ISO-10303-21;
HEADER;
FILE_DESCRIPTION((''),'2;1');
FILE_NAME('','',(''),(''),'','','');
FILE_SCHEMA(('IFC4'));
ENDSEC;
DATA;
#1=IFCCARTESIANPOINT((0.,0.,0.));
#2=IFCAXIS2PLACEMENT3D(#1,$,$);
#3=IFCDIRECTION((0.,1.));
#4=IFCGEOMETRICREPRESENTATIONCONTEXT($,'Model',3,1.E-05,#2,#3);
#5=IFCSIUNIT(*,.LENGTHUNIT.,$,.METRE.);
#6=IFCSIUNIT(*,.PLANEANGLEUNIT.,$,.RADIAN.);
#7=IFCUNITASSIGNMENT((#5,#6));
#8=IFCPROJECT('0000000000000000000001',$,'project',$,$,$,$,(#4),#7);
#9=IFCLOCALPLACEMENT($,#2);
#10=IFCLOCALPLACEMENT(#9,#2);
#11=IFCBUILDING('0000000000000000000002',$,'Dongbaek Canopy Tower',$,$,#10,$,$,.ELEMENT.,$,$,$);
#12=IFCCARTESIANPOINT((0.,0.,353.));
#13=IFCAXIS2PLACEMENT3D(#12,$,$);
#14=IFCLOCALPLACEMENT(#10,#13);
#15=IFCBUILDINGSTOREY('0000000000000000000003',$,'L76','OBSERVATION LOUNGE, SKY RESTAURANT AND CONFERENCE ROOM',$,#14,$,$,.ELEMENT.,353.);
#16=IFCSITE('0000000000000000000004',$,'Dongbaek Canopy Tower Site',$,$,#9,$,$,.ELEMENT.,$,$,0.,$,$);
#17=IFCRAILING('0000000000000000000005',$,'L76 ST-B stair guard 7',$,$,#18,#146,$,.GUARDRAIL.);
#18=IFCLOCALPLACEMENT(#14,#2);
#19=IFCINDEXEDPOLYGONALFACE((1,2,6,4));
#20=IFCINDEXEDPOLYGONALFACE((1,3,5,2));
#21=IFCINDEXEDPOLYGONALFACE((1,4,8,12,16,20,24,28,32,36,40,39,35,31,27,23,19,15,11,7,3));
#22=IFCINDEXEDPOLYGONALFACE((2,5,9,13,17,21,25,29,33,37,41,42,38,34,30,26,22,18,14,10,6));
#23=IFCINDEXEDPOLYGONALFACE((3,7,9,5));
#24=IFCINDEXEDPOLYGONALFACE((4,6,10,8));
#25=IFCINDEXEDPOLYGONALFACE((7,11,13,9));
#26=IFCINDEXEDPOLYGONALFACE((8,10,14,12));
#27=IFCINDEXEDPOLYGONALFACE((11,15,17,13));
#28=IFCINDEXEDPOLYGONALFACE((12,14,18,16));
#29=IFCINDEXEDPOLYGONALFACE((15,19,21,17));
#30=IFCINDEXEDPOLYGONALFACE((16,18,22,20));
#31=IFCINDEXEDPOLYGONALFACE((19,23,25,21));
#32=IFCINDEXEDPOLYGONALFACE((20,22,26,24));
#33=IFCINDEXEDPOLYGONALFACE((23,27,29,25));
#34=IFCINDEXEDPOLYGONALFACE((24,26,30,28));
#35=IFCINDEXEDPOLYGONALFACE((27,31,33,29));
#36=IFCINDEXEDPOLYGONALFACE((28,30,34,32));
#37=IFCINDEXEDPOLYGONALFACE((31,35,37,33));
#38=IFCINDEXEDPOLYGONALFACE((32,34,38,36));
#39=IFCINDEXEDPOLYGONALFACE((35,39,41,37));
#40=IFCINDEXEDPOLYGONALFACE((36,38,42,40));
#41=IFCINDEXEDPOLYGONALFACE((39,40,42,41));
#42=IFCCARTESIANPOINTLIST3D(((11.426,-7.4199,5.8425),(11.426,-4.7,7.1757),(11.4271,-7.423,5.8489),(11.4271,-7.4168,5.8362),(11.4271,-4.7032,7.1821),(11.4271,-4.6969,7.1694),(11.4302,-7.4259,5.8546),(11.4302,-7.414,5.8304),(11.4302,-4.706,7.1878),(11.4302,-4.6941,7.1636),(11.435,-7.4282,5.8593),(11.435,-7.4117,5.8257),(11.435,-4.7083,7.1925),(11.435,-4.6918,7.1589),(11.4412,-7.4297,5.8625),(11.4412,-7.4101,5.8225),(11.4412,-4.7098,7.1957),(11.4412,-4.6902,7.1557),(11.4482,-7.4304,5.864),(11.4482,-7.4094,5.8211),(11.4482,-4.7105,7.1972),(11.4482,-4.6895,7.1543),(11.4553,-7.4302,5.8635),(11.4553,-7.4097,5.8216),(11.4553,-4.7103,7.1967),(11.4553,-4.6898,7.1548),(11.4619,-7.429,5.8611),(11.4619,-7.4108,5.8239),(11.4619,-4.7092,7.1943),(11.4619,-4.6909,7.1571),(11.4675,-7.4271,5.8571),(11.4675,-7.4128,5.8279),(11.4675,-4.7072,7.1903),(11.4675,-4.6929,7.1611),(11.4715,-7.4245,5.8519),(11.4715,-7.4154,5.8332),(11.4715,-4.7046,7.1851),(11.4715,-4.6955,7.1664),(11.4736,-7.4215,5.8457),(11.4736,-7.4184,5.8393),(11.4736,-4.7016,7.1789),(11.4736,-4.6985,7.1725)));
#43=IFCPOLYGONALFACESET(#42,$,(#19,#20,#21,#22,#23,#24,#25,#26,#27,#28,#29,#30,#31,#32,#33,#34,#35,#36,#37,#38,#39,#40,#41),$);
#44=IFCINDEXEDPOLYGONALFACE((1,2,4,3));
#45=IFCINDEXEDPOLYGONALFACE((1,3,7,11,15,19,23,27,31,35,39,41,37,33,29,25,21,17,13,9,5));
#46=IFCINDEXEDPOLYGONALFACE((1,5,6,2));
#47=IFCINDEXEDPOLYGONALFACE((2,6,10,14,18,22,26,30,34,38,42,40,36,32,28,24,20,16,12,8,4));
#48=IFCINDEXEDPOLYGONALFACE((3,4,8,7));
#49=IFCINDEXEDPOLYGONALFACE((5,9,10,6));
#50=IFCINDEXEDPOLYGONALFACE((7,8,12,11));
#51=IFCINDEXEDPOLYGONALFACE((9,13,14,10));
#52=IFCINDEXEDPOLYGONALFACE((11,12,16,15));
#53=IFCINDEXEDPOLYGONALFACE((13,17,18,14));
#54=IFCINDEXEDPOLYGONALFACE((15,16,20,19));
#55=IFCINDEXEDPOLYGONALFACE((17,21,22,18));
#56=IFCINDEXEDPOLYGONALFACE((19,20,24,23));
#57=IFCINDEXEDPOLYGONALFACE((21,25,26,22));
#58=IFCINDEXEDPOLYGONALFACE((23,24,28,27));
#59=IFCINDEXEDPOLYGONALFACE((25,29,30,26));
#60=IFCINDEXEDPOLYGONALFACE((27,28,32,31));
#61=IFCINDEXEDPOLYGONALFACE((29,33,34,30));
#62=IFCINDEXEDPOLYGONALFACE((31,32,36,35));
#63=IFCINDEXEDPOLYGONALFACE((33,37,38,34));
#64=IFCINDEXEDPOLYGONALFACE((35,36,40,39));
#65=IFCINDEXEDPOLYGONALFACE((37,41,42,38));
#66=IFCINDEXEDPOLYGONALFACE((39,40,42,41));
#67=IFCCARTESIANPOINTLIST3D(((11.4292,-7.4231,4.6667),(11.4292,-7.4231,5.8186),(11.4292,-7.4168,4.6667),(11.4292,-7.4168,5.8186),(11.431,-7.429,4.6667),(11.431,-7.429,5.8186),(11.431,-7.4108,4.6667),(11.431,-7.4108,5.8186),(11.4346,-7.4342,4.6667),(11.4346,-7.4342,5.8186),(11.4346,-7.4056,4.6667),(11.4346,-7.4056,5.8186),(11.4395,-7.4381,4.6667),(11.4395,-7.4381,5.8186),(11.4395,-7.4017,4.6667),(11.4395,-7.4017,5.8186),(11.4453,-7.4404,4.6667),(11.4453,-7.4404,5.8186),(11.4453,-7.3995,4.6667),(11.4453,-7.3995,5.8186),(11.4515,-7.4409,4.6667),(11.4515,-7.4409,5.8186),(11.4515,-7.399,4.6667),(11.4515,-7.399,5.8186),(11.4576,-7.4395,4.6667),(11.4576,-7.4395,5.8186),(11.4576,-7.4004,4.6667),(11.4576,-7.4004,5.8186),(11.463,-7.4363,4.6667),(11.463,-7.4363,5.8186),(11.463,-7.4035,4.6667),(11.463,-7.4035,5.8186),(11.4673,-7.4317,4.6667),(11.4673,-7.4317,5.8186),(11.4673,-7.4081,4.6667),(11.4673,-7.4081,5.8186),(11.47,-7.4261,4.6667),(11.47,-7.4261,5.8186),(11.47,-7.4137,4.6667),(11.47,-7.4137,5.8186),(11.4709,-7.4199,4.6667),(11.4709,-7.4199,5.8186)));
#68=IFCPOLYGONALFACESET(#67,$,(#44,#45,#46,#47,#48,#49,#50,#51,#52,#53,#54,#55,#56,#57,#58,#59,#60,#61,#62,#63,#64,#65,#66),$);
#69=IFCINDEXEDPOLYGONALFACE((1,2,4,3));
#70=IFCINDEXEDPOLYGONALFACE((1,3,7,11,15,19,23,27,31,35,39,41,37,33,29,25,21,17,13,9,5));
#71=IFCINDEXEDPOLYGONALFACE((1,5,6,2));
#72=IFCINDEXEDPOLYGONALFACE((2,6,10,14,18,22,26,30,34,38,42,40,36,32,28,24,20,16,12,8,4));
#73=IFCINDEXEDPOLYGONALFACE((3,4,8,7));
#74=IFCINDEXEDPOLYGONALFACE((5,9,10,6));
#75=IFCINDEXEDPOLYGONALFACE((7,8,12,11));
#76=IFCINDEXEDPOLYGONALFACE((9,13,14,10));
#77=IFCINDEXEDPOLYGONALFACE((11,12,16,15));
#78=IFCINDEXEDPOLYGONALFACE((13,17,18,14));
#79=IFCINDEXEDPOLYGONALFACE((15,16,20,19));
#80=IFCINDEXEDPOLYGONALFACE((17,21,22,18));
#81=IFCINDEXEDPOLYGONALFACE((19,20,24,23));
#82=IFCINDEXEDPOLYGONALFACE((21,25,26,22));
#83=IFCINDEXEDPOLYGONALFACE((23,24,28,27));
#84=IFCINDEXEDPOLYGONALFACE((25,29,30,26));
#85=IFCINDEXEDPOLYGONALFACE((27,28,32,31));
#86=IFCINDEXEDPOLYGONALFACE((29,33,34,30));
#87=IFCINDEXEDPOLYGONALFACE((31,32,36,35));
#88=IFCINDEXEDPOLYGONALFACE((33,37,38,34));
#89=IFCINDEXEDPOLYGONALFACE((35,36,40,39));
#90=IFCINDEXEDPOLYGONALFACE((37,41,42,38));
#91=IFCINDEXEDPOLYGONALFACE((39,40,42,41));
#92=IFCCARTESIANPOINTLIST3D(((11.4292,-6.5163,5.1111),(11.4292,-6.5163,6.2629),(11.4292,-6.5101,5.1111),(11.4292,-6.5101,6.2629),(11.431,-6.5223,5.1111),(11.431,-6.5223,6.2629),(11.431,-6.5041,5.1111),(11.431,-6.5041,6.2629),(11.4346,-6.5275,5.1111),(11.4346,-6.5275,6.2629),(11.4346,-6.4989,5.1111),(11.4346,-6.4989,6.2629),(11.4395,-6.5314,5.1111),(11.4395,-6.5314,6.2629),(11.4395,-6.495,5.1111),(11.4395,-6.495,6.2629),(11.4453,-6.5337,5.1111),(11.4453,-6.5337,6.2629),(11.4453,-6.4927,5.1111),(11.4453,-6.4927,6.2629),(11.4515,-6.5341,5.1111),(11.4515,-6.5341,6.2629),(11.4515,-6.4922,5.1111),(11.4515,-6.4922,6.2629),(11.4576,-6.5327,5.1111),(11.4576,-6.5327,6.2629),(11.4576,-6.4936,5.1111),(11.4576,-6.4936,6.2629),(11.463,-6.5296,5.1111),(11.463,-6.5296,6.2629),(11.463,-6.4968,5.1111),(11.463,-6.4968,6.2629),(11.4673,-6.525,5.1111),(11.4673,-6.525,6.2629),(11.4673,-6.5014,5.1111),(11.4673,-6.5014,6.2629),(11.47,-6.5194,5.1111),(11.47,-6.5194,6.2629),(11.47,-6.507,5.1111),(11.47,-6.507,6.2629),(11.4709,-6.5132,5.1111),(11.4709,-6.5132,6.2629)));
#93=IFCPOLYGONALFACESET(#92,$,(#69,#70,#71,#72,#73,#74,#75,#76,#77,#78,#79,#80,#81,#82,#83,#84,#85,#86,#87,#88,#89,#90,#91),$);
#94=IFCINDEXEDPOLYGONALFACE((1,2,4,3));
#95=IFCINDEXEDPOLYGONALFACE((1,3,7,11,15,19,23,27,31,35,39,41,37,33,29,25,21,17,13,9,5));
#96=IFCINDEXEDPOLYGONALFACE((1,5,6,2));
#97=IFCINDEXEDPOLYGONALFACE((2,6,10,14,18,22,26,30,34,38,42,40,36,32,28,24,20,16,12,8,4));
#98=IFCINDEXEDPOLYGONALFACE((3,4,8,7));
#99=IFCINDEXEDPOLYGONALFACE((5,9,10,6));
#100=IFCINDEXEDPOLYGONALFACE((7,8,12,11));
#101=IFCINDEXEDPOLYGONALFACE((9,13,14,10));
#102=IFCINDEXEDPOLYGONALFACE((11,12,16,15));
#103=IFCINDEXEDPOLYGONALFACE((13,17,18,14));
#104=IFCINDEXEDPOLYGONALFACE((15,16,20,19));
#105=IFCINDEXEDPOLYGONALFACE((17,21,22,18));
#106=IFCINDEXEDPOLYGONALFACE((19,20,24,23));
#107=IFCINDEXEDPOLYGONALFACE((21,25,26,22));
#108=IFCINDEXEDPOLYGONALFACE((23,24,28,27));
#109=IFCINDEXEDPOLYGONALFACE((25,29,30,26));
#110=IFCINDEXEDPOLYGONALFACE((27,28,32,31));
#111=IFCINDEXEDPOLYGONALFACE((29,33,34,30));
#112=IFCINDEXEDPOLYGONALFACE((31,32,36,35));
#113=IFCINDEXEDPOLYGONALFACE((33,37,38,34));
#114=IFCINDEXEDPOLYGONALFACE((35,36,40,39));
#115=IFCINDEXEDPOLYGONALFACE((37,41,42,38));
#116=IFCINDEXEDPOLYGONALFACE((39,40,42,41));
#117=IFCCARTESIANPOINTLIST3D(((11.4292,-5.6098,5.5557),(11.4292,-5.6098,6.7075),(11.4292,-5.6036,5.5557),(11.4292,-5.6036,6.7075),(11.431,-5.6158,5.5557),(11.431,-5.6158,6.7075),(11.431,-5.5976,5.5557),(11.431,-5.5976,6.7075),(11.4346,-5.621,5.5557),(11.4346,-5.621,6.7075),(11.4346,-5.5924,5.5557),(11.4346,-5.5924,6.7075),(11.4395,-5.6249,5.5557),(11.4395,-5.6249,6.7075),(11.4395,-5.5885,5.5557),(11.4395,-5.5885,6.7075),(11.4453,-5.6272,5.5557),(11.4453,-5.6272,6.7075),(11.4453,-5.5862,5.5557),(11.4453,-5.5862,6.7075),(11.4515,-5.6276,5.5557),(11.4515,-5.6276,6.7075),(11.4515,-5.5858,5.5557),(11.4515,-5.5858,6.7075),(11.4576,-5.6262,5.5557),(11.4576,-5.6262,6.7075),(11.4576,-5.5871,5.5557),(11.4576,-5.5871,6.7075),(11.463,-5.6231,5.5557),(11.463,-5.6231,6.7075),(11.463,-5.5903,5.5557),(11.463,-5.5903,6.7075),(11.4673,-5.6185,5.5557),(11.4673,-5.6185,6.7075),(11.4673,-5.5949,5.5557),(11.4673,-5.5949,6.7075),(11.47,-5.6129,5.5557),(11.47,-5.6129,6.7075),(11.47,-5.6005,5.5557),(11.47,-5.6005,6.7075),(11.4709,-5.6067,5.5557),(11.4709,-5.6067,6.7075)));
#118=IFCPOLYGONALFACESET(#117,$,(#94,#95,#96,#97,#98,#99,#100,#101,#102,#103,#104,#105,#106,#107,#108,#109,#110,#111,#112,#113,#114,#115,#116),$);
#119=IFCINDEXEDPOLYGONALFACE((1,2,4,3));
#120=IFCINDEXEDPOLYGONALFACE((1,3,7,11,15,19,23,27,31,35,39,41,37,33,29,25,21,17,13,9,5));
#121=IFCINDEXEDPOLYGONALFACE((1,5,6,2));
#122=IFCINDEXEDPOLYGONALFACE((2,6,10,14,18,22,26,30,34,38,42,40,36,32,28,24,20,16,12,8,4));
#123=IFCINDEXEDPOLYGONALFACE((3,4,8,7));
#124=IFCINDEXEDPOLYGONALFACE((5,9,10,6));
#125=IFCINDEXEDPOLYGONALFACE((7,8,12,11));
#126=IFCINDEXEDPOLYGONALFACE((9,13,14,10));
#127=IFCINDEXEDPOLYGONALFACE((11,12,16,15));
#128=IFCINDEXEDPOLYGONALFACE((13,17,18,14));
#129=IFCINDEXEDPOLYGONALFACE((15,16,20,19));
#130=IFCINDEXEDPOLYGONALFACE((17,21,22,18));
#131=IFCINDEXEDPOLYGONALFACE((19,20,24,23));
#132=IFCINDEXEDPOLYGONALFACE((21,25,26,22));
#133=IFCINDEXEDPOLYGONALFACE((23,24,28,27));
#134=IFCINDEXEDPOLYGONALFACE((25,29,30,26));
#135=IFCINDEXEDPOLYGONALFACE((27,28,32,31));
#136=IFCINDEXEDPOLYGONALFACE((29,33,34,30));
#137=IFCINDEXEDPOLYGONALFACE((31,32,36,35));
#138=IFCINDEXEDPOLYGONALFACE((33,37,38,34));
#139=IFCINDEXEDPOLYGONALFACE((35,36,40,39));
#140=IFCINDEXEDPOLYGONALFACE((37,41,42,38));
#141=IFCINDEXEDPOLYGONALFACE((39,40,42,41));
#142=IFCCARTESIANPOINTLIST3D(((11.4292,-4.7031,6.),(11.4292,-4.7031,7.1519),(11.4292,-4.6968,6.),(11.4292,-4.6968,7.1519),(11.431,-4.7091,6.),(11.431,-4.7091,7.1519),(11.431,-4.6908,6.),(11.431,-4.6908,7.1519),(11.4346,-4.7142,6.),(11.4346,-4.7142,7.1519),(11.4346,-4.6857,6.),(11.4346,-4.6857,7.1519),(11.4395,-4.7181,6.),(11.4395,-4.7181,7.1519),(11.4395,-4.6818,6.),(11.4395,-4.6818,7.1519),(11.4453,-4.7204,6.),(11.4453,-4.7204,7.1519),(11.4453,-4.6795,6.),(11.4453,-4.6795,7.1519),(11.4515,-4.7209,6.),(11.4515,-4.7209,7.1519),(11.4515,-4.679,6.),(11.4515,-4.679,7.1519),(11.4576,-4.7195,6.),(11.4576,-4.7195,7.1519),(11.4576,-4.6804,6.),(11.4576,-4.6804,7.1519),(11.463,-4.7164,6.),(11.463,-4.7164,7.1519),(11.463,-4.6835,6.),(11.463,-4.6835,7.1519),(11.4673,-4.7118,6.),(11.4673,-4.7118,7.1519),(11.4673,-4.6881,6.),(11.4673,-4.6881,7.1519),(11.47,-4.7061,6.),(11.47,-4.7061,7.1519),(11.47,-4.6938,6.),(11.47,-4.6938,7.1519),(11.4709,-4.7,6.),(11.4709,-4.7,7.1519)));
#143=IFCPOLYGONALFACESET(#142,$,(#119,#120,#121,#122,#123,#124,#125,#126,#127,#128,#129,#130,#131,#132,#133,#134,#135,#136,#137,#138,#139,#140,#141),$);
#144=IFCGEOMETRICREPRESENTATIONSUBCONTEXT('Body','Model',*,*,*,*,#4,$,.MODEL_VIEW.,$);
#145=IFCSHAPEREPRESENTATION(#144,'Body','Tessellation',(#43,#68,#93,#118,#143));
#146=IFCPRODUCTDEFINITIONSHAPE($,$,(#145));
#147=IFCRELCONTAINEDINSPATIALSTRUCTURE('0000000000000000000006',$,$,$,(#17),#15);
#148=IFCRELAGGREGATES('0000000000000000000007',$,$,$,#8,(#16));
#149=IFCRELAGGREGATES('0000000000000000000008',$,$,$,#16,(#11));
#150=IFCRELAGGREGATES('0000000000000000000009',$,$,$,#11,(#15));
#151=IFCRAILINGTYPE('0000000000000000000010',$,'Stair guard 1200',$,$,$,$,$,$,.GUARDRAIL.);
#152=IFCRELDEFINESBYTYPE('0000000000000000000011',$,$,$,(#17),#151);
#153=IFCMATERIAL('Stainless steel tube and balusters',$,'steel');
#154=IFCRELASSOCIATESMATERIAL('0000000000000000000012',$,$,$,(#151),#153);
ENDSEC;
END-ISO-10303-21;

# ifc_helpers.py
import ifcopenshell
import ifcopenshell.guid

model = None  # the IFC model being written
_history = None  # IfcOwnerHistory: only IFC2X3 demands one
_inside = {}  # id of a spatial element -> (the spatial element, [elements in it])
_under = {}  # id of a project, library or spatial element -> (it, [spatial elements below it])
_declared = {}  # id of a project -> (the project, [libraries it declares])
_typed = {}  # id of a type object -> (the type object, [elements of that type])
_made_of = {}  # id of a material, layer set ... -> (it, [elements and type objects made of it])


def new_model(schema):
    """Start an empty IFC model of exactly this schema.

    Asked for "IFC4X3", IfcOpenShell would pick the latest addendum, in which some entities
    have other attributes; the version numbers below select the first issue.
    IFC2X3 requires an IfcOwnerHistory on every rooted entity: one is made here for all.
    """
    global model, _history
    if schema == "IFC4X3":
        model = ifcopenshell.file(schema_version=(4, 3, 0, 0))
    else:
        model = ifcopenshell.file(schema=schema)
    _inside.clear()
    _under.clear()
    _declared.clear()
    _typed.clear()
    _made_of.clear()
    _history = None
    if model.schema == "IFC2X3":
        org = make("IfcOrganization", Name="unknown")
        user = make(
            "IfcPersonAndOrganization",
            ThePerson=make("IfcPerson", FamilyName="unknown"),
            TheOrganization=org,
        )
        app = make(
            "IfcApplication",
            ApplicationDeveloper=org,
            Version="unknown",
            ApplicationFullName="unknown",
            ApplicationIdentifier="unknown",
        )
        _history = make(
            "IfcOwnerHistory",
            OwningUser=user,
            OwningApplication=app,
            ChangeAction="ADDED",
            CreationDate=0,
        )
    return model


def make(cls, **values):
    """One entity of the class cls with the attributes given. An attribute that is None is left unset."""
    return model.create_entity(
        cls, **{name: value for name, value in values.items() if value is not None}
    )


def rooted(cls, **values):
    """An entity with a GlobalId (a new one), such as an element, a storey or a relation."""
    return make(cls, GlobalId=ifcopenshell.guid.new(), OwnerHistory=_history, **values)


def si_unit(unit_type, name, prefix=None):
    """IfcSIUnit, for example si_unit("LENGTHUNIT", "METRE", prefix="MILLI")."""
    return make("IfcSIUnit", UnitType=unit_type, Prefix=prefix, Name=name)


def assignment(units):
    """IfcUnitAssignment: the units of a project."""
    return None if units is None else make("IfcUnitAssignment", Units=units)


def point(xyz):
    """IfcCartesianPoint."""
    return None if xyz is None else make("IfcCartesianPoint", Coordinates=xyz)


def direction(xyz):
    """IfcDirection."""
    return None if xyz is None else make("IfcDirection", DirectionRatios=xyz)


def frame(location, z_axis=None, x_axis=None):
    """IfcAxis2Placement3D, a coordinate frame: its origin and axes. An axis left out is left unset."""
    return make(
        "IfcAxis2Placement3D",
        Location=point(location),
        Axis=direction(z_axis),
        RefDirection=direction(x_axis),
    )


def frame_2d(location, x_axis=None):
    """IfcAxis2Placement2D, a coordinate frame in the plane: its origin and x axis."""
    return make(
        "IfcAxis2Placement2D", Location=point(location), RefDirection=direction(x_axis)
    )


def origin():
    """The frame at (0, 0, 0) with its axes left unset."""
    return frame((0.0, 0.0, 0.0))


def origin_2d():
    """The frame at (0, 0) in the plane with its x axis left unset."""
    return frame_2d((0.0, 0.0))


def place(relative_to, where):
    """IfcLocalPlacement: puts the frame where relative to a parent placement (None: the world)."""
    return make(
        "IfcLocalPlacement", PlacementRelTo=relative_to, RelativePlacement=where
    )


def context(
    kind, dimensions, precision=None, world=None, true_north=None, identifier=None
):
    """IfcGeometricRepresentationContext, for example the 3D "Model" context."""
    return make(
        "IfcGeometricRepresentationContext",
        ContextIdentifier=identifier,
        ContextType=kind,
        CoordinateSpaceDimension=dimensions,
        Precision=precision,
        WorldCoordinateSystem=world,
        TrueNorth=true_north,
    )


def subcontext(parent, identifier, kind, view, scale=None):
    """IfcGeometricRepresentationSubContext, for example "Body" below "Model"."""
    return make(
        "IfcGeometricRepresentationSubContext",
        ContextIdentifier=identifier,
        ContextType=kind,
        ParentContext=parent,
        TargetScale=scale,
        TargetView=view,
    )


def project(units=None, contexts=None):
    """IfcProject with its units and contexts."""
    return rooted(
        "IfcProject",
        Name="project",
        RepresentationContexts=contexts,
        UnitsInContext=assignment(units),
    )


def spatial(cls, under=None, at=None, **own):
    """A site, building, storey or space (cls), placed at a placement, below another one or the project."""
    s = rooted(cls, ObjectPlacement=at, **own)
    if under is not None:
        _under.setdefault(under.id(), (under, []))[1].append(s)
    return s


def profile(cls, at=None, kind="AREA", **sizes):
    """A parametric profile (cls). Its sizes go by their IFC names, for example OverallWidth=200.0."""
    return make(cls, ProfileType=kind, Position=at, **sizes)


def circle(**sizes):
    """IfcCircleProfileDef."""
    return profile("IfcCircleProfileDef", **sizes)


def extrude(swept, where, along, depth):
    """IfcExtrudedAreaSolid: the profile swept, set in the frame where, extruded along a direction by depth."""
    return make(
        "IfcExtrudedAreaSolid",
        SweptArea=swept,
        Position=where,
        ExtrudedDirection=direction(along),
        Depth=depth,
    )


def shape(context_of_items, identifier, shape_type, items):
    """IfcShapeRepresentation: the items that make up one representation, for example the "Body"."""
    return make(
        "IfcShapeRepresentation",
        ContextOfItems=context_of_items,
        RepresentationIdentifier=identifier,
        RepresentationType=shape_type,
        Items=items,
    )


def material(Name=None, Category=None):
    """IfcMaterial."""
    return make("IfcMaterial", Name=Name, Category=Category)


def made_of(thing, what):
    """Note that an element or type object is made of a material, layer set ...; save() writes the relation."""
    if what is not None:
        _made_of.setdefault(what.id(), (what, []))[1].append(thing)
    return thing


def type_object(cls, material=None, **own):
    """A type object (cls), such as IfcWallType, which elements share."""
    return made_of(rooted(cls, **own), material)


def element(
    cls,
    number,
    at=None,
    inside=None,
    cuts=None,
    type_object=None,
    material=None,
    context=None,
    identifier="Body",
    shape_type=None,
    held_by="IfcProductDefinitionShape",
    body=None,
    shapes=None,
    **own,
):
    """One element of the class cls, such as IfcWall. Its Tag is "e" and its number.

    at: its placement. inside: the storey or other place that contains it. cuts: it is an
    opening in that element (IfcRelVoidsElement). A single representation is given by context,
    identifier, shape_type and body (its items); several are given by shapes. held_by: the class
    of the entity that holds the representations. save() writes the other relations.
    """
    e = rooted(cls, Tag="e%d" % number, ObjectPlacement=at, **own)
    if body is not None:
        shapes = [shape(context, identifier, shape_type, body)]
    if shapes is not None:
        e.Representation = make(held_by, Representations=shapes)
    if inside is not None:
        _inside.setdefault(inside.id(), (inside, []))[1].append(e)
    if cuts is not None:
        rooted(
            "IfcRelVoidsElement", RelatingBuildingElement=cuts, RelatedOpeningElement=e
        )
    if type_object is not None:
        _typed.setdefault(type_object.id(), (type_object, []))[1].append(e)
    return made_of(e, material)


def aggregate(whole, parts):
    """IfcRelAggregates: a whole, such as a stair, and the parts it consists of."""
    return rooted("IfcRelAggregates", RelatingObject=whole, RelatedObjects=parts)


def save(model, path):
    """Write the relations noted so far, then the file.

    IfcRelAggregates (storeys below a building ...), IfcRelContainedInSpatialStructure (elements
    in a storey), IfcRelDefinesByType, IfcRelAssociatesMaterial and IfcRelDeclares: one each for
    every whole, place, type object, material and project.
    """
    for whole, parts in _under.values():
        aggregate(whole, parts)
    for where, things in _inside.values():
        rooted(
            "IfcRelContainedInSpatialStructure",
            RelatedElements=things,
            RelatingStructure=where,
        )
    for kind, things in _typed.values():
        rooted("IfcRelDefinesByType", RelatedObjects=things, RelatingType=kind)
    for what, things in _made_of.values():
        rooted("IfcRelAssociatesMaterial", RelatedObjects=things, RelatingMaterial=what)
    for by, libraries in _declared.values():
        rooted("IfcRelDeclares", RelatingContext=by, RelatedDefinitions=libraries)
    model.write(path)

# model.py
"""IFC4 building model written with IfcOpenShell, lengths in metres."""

from ifc_helpers import new_model, si_unit, direction, frame, origin, origin_2d, place, context, subcontext, project, spatial, circle, extrude, material, type_object, element, save


model = new_model("IFC4")

# Units and contexts
model_context = context("Model", 3, precision=1e-05, world=origin(), true_north=direction((0.0, 1.0)))
body_context = subcontext(model_context, "Body", "Model", "MODEL_VIEW")
ifc_project = project(units=[si_unit("LENGTHUNIT", "METRE"), si_unit("PLANEANGLEUNIT", "RADIAN")], contexts=[model_context])

# Site, building, storey
site_placement = place(None, origin())
site = spatial("IfcSite", under=ifc_project, at=site_placement, Name="Dongbaek Canopy Tower Site", CompositionType="ELEMENT", RefElevation=0.0)
building_placement = place(site_placement, origin())
building = spatial("IfcBuilding", under=site, at=building_placement, Name="Dongbaek Canopy Tower", CompositionType="ELEMENT")
storey_placement = place(building_placement, frame((0.0, 0.0, 353.0)))
storey = spatial("IfcBuildingStorey", under=building, at=storey_placement, Name="L76", Description="OBSERVATION LOUNGE, SKY RESTAURANT AND CONFERENCE ROOM", CompositionType="ELEMENT", Elevation=353.0)

# Railing
ifc_material_1 = material(Name="Stainless steel tube and balusters", Category="steel")
railing_type_1 = type_object("IfcRailingType", Name="Stair guard 1200", PredefinedType="GUARDRAIL", material=ifc_material_1)
railing_1_placement = place(storey_placement, frame((11.45, -7.4199, 4.6667)))
element("IfcRailing", 1, at=railing_1_placement, inside=storey, type_object=railing_type_1, Name="L76 ST-B stair guard 7", PredefinedType="GUARDRAIL", context=body_context, shape_type="SweptSolid", body=[
    extrude(circle(Radius=0.0239, at=origin_2d()), frame((0.0, 0.0, 1.1758), z_axis=(0.0, 0.897929, 0.440139), x_axis=(-1.0, 0.0, 0.0)), (0.0, 0.0, 1.0), 3.0291),
    extrude(circle(Radius=0.021, at=origin_2d()), origin(), (0.0, 0.0, 1.0), 1.1519),
    extrude(circle(Radius=0.021, at=origin_2d()), frame((0.0, 0.9067, 0.4443)), (0.0, 0.0, 1.0), 1.1519),
    extrude(circle(Radius=0.021, at=origin_2d()), frame((0.0, 1.8132, 0.8889)), (0.0, 0.0, 1.0), 1.1519),
    extrude(circle(Radius=0.021, at=origin_2d()), frame((0.0, 2.72, 1.3333)), (0.0, 0.0, 1.0), 1.1519),
])

save(model, "model.ifc")
